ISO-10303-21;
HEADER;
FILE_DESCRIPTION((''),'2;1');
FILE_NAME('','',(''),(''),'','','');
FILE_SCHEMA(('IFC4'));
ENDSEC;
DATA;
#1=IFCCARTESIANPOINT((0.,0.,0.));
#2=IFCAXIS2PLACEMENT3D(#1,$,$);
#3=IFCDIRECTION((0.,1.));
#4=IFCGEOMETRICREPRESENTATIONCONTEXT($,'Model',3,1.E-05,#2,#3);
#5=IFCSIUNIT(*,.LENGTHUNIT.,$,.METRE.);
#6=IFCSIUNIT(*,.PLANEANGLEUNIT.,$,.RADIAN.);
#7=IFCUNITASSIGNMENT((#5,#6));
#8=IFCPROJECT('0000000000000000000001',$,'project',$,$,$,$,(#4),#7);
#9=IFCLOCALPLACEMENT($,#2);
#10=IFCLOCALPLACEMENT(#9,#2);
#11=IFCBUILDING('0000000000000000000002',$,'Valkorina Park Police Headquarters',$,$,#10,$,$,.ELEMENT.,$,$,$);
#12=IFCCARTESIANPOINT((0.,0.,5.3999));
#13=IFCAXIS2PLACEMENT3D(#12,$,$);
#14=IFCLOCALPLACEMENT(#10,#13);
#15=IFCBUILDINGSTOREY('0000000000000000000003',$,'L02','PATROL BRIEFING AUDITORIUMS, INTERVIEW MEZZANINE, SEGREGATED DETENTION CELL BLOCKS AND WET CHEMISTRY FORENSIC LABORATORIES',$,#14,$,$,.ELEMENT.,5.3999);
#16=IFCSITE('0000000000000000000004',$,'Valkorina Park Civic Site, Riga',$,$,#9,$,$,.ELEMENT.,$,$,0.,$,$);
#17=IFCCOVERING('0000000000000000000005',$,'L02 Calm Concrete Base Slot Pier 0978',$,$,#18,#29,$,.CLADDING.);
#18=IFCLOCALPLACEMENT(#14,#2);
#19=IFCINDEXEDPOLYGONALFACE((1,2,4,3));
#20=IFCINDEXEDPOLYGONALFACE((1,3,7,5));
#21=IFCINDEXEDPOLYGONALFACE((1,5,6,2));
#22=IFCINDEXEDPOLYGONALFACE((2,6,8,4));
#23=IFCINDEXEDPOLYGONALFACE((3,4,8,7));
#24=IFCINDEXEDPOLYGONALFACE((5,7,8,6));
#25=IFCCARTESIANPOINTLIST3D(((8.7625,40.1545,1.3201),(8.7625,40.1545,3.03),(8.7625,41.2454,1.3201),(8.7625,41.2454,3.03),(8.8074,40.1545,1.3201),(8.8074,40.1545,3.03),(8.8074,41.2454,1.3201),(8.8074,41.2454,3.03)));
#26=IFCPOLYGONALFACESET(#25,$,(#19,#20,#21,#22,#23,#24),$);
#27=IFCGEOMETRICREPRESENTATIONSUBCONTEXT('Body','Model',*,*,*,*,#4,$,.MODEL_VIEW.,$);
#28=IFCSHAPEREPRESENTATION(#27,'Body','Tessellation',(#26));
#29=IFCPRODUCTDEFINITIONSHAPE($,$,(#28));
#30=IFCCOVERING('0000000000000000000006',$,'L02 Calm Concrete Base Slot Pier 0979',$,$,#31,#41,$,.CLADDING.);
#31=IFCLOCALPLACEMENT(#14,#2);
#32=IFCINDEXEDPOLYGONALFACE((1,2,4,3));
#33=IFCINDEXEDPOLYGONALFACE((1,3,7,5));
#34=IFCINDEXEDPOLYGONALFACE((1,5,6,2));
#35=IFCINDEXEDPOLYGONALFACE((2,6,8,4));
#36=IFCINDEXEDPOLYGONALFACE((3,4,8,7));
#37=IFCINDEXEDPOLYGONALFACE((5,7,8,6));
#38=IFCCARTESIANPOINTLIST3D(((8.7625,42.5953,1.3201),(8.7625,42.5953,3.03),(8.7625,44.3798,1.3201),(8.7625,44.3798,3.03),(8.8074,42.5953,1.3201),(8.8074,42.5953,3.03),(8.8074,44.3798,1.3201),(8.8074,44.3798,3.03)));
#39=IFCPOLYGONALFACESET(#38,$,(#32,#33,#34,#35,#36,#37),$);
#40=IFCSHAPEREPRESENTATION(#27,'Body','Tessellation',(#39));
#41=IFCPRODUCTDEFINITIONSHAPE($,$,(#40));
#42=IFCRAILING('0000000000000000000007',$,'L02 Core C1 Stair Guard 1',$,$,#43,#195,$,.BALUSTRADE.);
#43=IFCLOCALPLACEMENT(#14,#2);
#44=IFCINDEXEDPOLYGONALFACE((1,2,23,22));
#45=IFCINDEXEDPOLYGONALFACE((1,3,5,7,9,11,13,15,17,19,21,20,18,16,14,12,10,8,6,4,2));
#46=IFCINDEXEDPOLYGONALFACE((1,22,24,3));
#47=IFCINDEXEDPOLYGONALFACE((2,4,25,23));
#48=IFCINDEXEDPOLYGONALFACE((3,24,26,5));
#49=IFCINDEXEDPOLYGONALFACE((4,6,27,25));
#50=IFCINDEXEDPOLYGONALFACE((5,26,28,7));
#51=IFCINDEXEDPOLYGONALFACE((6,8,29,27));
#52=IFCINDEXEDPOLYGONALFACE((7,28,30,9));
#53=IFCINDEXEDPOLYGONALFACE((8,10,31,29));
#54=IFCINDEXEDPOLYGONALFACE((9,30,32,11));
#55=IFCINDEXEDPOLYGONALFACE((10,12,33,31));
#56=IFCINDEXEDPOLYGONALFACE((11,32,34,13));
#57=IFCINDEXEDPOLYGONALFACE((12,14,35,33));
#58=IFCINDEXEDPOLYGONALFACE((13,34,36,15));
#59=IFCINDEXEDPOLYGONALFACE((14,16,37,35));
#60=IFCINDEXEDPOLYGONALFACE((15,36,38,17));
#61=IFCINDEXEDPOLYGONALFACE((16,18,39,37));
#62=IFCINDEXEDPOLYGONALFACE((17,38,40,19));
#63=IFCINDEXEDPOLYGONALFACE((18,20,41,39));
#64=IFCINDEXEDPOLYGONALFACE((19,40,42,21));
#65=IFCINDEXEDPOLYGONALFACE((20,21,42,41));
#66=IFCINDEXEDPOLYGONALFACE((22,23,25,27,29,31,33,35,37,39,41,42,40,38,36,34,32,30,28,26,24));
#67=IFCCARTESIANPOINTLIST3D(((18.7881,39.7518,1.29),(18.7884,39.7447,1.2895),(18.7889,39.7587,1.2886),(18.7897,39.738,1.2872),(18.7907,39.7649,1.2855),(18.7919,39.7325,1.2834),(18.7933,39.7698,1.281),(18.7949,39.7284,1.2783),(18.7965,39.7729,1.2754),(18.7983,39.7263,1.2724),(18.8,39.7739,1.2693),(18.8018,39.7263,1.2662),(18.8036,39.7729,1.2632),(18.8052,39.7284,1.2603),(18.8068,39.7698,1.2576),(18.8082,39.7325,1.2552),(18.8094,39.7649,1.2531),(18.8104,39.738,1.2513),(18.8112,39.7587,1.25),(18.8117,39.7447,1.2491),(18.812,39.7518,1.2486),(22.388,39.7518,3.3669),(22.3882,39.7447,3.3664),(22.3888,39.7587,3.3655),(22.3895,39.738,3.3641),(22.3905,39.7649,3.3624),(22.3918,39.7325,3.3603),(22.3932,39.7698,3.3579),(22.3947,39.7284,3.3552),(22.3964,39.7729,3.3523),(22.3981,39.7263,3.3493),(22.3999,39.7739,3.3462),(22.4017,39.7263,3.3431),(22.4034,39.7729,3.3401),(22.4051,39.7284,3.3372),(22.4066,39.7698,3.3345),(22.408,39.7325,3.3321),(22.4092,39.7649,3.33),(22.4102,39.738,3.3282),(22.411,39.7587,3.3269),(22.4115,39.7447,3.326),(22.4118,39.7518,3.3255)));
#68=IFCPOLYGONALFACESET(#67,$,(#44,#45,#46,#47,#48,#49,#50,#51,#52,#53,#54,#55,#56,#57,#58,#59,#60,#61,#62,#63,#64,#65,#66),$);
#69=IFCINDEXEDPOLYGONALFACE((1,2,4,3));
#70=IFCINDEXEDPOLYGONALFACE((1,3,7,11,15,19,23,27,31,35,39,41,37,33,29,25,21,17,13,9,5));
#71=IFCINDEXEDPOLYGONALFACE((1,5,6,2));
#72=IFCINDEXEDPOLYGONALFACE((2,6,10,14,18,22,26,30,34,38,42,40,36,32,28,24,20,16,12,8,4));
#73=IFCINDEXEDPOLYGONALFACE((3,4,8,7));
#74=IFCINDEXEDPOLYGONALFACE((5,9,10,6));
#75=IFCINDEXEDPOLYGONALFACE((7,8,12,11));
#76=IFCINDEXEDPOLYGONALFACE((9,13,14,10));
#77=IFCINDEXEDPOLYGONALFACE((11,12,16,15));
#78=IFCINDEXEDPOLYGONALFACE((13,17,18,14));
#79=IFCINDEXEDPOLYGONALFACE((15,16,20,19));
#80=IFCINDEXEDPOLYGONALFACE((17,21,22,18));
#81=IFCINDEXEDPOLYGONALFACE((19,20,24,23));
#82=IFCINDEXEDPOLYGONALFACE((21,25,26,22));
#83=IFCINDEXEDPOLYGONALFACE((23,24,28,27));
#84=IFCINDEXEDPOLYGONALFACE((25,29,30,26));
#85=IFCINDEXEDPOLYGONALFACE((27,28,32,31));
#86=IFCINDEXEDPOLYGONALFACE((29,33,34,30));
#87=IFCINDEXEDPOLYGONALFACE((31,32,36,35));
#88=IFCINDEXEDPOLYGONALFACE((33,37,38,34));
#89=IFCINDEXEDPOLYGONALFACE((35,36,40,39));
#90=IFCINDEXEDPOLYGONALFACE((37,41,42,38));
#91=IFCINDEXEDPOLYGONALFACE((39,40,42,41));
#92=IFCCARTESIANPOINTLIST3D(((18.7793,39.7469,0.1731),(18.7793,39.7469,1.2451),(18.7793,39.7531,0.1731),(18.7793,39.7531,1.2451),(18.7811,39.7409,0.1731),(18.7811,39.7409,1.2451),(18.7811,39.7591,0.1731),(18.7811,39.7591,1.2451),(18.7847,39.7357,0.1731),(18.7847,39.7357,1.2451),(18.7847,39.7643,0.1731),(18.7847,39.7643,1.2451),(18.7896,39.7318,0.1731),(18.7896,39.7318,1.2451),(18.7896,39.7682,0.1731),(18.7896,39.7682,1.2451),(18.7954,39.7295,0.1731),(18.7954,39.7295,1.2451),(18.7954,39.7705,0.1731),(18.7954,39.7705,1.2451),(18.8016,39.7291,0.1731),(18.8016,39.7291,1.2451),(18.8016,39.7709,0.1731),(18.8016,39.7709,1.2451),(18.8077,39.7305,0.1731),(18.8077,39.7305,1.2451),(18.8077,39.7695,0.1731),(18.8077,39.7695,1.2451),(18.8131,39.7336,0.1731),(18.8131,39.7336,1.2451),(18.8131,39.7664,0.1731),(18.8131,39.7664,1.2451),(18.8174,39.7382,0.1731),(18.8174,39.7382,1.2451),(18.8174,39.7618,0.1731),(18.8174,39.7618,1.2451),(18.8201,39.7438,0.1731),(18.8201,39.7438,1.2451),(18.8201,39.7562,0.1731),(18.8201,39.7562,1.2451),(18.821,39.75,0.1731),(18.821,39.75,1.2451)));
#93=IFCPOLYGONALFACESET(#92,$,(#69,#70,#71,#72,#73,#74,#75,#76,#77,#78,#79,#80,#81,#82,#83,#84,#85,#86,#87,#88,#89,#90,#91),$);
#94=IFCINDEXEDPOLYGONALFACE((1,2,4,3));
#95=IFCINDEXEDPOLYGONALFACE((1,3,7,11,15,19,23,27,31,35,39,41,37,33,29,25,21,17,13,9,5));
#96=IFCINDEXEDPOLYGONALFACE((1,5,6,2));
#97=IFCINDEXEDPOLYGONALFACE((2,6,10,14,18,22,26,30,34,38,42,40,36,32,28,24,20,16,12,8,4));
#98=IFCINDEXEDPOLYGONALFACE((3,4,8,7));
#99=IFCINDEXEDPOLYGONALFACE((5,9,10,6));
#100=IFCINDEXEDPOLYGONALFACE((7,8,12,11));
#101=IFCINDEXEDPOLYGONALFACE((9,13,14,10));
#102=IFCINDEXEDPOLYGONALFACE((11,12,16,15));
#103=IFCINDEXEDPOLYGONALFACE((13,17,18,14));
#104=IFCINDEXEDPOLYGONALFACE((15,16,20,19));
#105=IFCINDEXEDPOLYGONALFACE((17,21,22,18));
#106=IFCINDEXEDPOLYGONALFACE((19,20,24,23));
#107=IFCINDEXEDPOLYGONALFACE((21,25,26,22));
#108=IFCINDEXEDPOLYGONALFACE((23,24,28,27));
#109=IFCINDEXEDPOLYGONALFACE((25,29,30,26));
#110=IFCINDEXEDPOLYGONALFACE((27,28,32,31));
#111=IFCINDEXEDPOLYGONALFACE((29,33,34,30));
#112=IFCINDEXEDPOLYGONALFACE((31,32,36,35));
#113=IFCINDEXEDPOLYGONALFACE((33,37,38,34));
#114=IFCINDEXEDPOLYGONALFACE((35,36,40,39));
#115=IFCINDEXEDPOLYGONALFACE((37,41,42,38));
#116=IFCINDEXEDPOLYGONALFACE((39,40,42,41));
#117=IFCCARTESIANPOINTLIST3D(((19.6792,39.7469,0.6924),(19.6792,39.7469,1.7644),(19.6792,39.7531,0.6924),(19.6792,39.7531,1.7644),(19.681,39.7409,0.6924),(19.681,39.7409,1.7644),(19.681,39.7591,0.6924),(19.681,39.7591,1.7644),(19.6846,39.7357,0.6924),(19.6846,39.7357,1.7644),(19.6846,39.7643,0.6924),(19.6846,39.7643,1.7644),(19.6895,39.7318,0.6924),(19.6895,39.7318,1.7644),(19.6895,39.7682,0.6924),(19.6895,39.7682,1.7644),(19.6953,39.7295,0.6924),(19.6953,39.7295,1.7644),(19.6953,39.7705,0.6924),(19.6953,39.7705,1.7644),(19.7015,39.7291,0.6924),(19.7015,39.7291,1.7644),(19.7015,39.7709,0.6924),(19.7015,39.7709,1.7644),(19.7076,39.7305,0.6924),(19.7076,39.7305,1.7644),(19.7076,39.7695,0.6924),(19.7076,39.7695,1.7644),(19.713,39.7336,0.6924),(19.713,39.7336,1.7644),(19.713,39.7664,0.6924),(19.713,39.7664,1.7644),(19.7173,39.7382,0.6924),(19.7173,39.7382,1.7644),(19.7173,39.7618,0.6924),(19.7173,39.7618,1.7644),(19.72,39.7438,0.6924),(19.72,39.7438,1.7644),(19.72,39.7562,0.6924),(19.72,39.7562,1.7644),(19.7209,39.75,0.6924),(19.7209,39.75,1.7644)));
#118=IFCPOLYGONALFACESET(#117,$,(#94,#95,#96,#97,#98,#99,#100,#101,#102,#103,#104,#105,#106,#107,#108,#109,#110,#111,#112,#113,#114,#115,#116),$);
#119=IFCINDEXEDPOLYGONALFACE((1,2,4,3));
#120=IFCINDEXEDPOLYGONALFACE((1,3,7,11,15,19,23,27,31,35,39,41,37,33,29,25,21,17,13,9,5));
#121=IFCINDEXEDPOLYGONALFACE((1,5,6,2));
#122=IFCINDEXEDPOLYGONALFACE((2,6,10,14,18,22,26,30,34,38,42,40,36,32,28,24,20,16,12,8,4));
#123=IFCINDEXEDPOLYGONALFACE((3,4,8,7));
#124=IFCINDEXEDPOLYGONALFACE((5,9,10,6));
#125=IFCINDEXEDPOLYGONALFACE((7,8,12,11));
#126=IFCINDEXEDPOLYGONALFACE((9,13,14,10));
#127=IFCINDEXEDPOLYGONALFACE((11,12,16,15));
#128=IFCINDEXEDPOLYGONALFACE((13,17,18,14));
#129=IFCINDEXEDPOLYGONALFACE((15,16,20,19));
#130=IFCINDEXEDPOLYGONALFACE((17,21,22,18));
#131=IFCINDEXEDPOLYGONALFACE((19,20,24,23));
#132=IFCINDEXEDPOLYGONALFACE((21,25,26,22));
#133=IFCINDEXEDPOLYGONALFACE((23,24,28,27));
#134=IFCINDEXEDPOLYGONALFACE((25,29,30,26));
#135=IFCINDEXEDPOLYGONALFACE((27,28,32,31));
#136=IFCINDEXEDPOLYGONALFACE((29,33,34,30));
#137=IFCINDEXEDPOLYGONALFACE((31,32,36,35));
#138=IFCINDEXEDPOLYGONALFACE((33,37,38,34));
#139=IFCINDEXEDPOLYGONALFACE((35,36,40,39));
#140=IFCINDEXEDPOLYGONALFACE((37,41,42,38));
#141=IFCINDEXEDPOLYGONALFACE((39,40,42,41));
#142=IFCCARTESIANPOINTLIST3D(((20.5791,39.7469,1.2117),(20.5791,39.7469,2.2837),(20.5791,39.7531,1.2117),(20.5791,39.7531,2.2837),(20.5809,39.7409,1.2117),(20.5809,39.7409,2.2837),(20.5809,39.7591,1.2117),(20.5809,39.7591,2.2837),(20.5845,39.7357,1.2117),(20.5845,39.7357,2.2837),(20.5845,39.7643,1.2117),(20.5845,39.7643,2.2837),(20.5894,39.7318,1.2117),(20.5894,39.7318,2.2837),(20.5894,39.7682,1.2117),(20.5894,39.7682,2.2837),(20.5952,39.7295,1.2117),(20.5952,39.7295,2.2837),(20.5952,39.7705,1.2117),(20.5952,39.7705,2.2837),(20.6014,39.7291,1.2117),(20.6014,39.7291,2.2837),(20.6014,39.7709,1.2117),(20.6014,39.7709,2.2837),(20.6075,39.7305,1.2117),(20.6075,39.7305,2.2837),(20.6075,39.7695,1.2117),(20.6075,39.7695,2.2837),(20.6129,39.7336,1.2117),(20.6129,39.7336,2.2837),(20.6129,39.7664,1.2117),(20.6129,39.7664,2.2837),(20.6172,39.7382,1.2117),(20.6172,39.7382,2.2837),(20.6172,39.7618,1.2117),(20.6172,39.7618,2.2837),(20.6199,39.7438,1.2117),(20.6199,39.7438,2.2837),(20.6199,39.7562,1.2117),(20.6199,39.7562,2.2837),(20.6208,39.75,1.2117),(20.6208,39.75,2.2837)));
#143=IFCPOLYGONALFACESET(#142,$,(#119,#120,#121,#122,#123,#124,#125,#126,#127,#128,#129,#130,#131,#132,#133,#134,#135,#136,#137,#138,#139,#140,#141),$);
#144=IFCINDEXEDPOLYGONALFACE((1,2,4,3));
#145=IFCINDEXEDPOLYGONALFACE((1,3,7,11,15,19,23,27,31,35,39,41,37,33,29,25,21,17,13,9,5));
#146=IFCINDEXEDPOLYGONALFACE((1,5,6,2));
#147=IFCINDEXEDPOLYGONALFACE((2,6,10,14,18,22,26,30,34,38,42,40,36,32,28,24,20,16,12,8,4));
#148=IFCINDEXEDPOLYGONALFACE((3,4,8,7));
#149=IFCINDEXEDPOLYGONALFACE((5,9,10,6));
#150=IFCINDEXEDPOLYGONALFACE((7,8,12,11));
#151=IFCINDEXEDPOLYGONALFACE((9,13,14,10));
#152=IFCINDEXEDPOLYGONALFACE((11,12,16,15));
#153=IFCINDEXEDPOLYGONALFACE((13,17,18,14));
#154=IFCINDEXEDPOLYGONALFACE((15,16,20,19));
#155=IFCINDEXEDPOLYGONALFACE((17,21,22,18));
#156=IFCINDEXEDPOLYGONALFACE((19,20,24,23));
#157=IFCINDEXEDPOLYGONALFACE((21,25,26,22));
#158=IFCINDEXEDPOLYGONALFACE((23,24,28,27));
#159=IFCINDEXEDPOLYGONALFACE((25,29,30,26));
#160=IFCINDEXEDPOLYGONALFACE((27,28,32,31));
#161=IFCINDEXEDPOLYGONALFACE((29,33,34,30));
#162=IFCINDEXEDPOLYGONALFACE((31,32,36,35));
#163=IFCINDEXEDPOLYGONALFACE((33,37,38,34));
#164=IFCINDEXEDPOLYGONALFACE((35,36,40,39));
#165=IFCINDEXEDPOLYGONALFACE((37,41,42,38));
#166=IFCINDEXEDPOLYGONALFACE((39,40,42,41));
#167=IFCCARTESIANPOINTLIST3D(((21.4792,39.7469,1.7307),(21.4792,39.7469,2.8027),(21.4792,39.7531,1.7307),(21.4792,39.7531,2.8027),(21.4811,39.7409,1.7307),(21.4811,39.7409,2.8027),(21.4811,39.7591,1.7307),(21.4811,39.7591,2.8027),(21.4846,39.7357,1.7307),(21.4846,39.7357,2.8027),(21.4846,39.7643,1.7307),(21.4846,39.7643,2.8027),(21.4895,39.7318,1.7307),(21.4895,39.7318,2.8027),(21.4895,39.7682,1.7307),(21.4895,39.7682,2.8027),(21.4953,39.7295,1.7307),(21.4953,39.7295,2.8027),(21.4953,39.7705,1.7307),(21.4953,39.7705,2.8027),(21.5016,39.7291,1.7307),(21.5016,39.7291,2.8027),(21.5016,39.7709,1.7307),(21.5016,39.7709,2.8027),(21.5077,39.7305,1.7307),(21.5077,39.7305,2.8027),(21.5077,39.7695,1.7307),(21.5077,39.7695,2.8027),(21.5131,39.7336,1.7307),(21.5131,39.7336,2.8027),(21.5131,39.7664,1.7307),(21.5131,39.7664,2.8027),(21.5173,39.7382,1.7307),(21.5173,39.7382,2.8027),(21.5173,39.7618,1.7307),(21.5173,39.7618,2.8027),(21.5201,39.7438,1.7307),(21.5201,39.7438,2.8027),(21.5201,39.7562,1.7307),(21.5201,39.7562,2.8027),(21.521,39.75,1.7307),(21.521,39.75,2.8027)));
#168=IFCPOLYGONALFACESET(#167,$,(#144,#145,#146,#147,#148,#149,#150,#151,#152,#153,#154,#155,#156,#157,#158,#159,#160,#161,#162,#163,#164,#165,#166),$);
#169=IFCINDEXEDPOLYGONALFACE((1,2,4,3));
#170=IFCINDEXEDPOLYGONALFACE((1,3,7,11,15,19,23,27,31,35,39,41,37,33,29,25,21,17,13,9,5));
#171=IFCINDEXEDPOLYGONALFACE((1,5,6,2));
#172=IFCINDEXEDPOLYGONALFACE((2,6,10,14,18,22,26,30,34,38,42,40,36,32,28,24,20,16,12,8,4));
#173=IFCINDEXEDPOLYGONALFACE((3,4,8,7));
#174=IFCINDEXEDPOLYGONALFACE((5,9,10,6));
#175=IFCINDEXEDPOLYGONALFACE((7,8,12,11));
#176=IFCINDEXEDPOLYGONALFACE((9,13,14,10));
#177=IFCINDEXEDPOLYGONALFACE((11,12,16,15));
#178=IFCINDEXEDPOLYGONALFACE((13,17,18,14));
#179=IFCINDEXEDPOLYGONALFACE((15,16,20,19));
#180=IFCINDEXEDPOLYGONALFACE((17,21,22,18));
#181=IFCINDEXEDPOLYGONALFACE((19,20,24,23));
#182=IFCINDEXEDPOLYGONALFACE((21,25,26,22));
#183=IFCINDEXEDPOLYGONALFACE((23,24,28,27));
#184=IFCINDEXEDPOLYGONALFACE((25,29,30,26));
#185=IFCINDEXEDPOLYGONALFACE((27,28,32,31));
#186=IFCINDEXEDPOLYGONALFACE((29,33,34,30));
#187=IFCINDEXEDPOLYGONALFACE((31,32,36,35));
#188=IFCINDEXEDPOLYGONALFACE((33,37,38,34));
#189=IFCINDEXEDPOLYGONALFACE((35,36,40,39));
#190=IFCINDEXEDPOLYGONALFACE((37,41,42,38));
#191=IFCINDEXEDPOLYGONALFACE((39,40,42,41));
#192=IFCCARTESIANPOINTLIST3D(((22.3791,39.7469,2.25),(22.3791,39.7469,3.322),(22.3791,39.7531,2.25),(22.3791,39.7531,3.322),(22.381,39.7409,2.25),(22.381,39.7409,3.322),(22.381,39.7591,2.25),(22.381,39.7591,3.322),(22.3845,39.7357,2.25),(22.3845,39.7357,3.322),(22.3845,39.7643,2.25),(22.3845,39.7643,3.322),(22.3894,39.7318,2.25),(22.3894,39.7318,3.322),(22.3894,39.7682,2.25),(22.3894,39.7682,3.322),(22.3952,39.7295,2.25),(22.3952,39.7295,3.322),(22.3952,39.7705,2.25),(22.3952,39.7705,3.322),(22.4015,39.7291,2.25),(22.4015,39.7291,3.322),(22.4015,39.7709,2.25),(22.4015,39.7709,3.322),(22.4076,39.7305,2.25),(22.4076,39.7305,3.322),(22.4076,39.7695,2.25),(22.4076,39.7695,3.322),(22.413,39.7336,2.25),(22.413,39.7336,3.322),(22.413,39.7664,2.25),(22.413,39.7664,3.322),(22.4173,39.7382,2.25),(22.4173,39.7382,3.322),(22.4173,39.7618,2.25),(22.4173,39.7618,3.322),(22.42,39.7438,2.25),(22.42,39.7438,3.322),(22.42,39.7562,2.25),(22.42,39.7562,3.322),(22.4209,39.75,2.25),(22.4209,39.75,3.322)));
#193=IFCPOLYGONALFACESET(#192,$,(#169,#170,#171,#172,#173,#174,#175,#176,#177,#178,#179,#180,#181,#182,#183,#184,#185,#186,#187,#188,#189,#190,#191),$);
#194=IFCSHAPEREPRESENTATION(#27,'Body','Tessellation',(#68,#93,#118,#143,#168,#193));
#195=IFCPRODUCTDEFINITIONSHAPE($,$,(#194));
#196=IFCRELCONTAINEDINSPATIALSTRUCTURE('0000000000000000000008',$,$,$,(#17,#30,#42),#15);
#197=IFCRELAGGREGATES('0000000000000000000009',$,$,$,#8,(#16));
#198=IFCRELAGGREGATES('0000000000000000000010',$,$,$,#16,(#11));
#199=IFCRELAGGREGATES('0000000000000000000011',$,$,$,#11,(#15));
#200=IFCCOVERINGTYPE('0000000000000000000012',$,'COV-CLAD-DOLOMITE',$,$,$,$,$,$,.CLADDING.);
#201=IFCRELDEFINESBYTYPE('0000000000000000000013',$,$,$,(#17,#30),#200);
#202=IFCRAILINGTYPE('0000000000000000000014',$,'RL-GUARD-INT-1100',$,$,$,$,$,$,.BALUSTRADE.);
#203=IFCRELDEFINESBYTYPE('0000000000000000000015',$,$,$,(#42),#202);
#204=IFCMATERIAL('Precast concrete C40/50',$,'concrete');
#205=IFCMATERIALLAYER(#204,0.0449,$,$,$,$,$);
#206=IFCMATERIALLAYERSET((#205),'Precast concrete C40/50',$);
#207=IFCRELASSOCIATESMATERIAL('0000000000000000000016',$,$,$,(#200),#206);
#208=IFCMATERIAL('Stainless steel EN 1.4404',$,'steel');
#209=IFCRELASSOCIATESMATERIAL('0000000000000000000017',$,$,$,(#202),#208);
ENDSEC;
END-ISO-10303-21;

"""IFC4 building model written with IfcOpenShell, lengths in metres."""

from ifc_helpers import new_model, si_unit, direction, frame, frame_2d, origin, origin_2d, place, context, subcontext, project, spatial, rectangle, circle, extrude, material, layer, layer_set, type_object, element, save


model = new_model("IFC4")

# Units and contexts
model_context = context("Model", 3, precision=1e-05, world=origin(), true_north=direction((0.0, 1.0)))
body_context = subcontext(model_context, "Body", "Model", "MODEL_VIEW")
ifc_project = project(units=[si_unit("LENGTHUNIT", "METRE"), si_unit("PLANEANGLEUNIT", "RADIAN")], contexts=[model_context])

# Site, building, storey
site_placement = place(None, origin())
site = spatial("IfcSite", under=ifc_project, at=site_placement, Name="Valkorina Park Civic Site, Riga", CompositionType="ELEMENT", RefElevation=0.0)
building_placement = place(site_placement, origin())
building = spatial("IfcBuilding", under=site, at=building_placement, Name="Valkorina Park Police Headquarters", CompositionType="ELEMENT")
storey_placement = place(building_placement, frame((0.0, 0.0, 5.3999)))
storey = spatial("IfcBuildingStorey", under=building, at=storey_placement, Name="L02", Description="PATROL BRIEFING AUDITORIUMS, INTERVIEW MEZZANINE, SEGREGATED DETENTION CELL BLOCKS AND WET CHEMISTRY FORENSIC LABORATORIES", CompositionType="ELEMENT", Elevation=5.3999)

# Coverings
ifc_material_1 = material(Name="Precast concrete C40/50", Category="concrete")
ifc_layer_1 = layer(ifc_material_1, 0.0449)
ifc_layer_set_1 = layer_set([ifc_layer_1], Name="Precast concrete C40/50")
covering_type = type_object("IfcCoveringType", Name="COV-CLAD-DOLOMITE", PredefinedType="CLADDING", material=ifc_layer_set_1)
covering_1_placement = place(storey_placement, frame((8.7849, 40.1545, 1.3201), z_axis=(0.0, 0.0, 1.0), x_axis=(0.0, 1.0, 0.0)))
element("IfcCovering", 1, at=covering_1_placement, inside=storey, type_object=covering_type, Name="L02 Calm Concrete Base Slot Pier 0978", PredefinedType="CLADDING", context=body_context, shape_type="SweptSolid", body=[
    extrude(rectangle(XDim=1.0908, YDim=0.0449, at=frame_2d((0.5454, 0.0))), origin(), (0.0, 0.0, 1.0), 1.71),
])
covering_2_placement = place(storey_placement, frame((8.7849, 42.5955, 1.3201), z_axis=(0.0, 0.0, 1.0), x_axis=(0.0, 1.0, 0.0)))
element("IfcCovering", 2, at=covering_2_placement, inside=storey, type_object=covering_type, Name="L02 Calm Concrete Base Slot Pier 0979", PredefinedType="CLADDING", context=body_context, shape_type="SweptSolid", body=[
    extrude(rectangle(XDim=1.7844, YDim=0.0449, at=frame_2d((0.8921, 0.0))), origin(), (0.0, 0.0, 1.0), 1.71),
])

# Railing
ifc_material_2 = material(Name="Stainless steel EN 1.4404", Category="steel")
railing_type_1 = type_object("IfcRailingType", Name="RL-GUARD-INT-1100", PredefinedType="BALUSTRADE", material=ifc_material_2)
railing_1_placement = place(storey_placement, frame((18.8, 39.75, 0.1731)))
element("IfcRailing", 3, at=railing_1_placement, inside=storey, type_object=railing_type_1, Name="L02 Core C1 Stair Guard 1", PredefinedType="BALUSTRADE", context=body_context, shape_type="SweptSolid", body=[
    extrude(circle(Radius=0.0239, at=origin_2d()), frame((0.0, 0.0, 1.0962), z_axis=(0.866179, 0.0, 0.499734), x_axis=(0.0, 1.0, 0.0)), (0.0, 0.0, 1.0), 4.156),
    extrude(circle(Radius=0.021, at=origin_2d()), origin(), (0.0, 0.0, 1.0), 1.072),
    extrude(circle(Radius=0.021, at=origin_2d()), frame((0.8999, 0.0, 0.5193)), (0.0, 0.0, 1.0), 1.072),
    extrude(circle(Radius=0.021, at=origin_2d()), frame((1.7998, 0.0, 1.0386)), (0.0, 0.0, 1.0), 1.072),
    extrude(circle(Radius=0.021, at=origin_2d()), frame((2.7, 0.0, 1.5576)), (0.0, 0.0, 1.0), 1.072),
    extrude(circle(Radius=0.021, at=origin_2d()), frame((3.5999, 0.0, 2.0769)), (0.0, 0.0, 1.0), 1.072),
])

save(model, "model.ifc")
